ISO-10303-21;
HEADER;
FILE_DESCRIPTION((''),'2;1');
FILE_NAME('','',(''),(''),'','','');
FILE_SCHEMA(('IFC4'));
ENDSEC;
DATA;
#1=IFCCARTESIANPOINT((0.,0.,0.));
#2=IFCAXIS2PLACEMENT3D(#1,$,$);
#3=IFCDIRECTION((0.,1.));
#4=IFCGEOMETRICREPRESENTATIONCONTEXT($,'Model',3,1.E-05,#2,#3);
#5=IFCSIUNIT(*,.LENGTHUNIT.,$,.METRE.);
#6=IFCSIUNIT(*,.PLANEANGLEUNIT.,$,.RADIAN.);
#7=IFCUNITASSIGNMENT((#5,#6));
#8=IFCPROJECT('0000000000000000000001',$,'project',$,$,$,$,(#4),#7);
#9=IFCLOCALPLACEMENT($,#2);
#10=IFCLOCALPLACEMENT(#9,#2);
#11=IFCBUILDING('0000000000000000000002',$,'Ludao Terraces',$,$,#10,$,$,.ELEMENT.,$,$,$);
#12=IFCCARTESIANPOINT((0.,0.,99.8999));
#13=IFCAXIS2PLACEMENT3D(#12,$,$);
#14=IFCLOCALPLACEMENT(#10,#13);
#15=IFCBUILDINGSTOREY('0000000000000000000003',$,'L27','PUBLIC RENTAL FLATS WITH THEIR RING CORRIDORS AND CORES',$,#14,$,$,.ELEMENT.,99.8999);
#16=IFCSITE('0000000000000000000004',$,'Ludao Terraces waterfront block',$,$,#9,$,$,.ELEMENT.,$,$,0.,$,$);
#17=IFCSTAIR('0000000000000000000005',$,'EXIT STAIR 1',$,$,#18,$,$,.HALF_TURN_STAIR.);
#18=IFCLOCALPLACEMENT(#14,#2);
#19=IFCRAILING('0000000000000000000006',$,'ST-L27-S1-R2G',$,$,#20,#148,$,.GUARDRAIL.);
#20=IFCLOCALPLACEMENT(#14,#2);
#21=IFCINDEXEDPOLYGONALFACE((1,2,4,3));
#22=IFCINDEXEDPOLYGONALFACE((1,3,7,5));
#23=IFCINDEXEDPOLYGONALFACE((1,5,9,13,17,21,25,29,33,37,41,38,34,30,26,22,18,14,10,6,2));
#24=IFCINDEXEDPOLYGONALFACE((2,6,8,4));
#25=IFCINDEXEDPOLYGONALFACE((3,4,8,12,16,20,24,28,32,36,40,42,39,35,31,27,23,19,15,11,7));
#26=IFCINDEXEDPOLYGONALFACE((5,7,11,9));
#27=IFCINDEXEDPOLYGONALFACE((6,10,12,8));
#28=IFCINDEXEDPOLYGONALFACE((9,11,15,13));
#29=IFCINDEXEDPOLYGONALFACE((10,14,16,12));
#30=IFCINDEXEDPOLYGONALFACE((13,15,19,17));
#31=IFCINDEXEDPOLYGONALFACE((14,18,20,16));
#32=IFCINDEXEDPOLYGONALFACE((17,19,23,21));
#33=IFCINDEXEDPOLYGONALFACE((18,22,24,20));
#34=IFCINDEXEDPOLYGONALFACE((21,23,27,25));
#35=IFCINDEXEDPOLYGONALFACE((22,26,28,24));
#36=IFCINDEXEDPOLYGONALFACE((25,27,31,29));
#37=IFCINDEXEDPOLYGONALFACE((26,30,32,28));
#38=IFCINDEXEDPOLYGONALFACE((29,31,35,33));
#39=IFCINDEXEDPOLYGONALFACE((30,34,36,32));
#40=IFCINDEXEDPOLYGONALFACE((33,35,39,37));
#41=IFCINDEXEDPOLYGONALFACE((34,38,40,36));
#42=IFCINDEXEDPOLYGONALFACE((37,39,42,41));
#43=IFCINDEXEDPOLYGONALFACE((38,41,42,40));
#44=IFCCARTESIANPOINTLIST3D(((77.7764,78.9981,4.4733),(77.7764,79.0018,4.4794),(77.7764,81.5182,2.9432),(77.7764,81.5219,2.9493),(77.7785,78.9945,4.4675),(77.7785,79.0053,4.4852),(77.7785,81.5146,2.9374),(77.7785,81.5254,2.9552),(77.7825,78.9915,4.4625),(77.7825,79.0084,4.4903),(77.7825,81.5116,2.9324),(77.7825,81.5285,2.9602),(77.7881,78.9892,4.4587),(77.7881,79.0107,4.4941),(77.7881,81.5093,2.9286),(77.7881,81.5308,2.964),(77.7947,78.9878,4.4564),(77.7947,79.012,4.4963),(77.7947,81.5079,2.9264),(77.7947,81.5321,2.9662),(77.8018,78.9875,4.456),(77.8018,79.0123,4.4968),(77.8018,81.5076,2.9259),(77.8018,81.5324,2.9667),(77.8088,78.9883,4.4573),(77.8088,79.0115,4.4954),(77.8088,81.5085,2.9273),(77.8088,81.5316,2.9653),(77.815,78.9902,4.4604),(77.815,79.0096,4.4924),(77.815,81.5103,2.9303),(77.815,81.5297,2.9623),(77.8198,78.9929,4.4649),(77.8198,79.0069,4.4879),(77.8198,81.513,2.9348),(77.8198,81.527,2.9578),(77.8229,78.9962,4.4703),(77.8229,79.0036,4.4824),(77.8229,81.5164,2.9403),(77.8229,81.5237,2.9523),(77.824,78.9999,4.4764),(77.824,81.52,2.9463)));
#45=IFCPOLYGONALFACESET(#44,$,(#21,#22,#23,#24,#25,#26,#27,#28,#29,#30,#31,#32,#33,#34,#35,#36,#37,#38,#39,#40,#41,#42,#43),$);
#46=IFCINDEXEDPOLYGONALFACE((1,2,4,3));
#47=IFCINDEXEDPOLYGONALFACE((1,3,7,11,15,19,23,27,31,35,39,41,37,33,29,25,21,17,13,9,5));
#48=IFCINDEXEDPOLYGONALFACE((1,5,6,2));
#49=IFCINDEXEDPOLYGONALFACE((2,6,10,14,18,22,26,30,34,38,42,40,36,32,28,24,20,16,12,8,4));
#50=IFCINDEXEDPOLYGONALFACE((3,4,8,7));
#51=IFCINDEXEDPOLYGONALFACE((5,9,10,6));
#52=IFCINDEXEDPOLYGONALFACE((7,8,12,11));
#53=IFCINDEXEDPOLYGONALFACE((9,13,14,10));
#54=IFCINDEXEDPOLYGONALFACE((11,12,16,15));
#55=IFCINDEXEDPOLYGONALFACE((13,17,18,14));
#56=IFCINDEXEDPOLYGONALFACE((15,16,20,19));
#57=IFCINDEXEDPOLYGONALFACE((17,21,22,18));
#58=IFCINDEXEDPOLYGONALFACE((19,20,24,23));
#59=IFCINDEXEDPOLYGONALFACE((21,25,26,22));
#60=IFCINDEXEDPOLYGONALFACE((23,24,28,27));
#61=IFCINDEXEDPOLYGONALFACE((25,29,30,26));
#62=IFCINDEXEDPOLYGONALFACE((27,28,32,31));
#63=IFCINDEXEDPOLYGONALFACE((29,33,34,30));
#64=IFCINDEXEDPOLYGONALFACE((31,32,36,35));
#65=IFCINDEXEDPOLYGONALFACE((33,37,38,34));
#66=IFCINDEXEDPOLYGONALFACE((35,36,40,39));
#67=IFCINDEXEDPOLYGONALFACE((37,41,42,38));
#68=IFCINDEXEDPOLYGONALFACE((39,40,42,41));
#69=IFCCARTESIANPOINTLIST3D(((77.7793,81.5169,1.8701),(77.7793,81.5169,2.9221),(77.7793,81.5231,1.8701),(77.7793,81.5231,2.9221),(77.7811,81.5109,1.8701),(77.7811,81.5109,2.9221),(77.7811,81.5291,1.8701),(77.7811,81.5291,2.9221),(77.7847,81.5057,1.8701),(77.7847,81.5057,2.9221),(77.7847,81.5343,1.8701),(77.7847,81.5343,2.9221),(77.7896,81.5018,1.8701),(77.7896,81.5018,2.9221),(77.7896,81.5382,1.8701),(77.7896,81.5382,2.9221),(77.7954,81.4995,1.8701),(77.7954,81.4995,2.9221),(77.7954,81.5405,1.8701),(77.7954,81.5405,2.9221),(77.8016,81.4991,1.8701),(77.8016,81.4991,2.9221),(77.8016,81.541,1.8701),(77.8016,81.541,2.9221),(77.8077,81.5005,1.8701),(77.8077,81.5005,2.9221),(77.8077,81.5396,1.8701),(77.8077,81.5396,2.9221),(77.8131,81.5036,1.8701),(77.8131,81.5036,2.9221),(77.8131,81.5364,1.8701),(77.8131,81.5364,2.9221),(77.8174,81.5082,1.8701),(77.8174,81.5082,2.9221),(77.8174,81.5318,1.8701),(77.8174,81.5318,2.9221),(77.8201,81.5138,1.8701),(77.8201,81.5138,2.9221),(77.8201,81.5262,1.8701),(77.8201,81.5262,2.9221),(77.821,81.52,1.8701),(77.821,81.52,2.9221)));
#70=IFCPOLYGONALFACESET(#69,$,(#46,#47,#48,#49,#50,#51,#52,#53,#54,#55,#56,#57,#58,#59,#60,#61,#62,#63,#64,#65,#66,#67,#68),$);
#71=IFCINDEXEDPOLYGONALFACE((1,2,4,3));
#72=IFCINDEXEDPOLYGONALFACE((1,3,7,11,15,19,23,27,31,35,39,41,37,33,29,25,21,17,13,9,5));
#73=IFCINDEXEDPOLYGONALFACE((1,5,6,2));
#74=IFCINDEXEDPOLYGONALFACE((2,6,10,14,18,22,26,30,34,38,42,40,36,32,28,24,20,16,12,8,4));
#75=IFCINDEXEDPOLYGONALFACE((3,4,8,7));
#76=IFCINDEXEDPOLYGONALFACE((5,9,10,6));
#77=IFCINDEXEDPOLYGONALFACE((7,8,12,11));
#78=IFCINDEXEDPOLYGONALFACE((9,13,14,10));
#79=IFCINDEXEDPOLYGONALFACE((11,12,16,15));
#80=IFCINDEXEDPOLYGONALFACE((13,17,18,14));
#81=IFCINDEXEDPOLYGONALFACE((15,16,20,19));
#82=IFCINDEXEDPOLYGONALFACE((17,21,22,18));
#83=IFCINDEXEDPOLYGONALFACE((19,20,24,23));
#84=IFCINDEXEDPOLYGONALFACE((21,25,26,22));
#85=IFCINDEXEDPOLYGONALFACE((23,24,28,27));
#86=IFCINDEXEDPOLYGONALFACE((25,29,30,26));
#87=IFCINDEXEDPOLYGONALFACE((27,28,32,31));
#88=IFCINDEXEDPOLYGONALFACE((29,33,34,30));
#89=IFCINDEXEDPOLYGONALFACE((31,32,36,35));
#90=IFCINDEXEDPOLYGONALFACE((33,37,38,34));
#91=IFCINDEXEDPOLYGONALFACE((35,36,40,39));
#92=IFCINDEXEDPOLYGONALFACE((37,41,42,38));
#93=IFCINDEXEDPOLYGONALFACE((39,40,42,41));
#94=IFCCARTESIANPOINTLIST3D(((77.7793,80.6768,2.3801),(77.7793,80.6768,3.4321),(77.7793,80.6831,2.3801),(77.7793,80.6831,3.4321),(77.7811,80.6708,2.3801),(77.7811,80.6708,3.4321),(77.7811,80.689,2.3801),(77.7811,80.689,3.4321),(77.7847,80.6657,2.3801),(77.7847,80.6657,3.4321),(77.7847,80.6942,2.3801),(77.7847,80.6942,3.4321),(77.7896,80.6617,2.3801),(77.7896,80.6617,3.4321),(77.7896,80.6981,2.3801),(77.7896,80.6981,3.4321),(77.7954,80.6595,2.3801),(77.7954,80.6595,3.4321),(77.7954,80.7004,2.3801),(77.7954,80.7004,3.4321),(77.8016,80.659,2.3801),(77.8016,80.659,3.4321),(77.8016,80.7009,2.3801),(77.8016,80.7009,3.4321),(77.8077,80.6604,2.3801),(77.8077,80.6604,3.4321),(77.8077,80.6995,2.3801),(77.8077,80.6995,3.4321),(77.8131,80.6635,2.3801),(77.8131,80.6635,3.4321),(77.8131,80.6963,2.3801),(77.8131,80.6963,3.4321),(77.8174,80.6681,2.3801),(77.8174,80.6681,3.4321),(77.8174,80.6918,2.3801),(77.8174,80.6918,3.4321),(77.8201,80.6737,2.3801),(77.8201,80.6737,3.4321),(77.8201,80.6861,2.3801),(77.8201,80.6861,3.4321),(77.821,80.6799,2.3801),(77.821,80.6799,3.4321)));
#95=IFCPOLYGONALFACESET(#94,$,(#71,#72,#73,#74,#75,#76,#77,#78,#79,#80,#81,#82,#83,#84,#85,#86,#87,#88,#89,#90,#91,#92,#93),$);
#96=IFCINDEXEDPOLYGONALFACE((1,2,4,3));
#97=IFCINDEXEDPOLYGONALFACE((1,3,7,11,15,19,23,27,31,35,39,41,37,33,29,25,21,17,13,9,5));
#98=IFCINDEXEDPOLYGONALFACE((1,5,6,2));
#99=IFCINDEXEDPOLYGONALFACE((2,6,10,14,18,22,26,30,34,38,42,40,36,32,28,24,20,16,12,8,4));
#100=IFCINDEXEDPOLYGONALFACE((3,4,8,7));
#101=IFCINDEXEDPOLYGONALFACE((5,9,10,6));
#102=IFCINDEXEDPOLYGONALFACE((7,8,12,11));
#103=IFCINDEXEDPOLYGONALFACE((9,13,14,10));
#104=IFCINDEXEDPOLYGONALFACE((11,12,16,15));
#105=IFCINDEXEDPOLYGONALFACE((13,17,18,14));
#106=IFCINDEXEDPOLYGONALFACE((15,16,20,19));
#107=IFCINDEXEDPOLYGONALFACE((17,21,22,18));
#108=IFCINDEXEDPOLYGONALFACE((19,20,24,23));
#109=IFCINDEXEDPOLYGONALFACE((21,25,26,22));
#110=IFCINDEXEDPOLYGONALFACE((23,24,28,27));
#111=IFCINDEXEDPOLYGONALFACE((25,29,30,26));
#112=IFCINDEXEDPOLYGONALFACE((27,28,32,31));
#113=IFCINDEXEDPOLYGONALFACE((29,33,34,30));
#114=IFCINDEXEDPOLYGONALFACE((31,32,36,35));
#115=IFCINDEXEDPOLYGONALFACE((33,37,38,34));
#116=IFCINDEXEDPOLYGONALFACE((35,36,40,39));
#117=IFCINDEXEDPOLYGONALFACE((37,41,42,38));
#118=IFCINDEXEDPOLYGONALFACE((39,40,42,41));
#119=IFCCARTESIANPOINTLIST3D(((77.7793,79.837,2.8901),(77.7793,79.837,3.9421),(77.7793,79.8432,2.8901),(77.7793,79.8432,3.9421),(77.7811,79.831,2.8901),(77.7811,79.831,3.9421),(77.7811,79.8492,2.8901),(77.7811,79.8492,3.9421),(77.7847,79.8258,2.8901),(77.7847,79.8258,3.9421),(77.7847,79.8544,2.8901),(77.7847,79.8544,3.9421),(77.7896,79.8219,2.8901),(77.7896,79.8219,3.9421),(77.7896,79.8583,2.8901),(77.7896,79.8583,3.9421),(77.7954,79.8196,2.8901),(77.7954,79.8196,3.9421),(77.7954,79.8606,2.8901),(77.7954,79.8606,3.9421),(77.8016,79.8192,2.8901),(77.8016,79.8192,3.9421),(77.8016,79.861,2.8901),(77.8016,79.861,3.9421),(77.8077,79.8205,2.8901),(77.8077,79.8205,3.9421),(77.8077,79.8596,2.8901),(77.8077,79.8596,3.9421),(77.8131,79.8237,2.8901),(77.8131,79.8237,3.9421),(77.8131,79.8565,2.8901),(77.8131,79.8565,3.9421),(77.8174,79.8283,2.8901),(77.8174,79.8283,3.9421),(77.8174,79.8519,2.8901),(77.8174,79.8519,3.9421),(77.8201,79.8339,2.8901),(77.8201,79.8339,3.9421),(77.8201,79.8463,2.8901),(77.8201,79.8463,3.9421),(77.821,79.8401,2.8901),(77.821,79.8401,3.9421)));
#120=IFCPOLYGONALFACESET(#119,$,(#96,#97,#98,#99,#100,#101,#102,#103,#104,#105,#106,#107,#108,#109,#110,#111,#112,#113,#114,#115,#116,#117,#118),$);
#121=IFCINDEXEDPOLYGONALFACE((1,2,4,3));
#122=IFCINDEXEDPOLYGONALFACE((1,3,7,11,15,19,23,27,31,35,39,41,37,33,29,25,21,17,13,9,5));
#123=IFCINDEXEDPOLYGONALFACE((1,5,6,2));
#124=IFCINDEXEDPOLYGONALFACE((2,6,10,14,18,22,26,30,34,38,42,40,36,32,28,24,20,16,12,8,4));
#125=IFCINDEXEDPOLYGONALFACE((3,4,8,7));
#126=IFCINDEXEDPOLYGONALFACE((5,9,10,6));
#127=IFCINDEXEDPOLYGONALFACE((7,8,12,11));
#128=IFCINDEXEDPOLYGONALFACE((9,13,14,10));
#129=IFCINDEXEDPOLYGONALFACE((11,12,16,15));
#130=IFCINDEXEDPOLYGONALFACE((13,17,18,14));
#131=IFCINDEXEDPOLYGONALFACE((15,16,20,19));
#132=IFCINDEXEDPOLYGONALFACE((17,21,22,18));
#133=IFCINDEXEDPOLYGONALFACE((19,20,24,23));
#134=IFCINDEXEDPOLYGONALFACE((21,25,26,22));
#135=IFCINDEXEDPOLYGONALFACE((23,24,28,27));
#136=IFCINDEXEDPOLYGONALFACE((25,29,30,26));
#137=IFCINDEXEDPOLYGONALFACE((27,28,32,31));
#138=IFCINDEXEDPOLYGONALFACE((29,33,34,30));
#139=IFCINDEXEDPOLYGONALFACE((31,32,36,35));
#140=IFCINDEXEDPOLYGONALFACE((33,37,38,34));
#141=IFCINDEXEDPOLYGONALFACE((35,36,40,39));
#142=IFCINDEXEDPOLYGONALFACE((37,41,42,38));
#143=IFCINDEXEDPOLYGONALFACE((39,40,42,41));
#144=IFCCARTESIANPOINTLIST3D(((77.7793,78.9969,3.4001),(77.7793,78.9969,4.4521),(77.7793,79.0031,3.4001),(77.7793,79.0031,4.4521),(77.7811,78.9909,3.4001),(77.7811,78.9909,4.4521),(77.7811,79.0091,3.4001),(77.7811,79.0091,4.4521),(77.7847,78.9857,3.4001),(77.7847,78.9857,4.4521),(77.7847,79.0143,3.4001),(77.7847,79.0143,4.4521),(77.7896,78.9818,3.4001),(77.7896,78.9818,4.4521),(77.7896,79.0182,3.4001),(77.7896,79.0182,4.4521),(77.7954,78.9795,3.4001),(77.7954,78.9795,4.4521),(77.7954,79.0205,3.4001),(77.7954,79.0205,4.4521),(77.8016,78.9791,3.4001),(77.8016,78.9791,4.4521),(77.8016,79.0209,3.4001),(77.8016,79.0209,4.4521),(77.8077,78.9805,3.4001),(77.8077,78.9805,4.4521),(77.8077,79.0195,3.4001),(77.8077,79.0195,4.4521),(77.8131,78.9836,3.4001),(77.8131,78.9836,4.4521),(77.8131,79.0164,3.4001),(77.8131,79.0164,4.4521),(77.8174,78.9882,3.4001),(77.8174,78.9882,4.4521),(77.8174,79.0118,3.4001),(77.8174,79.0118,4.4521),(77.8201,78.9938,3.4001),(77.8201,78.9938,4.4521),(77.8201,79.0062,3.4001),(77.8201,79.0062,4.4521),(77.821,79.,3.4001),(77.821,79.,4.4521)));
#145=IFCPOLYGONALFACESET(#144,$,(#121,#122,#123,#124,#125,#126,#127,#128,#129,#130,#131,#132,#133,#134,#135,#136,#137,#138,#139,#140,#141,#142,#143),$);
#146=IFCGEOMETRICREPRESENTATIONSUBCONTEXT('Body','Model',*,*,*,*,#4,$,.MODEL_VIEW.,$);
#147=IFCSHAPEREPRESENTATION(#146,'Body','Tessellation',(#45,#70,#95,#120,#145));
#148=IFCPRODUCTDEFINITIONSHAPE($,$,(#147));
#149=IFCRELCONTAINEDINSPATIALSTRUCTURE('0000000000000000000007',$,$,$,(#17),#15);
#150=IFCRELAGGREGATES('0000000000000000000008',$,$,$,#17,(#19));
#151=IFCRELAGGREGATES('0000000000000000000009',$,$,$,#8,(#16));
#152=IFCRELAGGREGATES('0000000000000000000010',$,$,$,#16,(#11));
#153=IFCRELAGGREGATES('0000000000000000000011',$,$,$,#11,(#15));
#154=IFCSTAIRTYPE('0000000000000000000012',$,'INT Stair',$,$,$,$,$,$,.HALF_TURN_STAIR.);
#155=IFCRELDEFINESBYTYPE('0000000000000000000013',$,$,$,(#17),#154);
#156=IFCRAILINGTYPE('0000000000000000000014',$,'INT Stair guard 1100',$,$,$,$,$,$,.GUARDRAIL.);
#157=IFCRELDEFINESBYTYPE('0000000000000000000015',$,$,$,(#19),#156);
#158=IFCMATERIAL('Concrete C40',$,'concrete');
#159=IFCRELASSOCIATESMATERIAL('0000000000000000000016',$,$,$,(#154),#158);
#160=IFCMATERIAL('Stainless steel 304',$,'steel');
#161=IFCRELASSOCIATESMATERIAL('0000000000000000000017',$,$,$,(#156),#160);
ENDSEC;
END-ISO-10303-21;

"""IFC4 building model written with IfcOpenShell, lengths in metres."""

from ifc_helpers import new_model, si_unit, direction, frame, origin, origin_2d, place, context, subcontext, project, spatial, circle, extrude, material, type_object, element, aggregate, save


model = new_model("IFC4")

# Units and contexts
model_context = context("Model", 3, precision=1e-05, world=origin(), true_north=direction((0.0, 1.0)))
body_context = subcontext(model_context, "Body", "Model", "MODEL_VIEW")
ifc_project = project(units=[si_unit("LENGTHUNIT", "METRE"), si_unit("PLANEANGLEUNIT", "RADIAN")], contexts=[model_context])

# Site, building, storey
site_placement = place(None, origin())
site = spatial("IfcSite", under=ifc_project, at=site_placement, Name="Ludao Terraces waterfront block", CompositionType="ELEMENT", RefElevation=0.0)
building_placement = place(site_placement, origin())
building = spatial("IfcBuilding", under=site, at=building_placement, Name="Ludao Terraces", CompositionType="ELEMENT")
storey_placement = place(building_placement, frame((0.0, 0.0, 99.8999)))
storey = spatial("IfcBuildingStorey", under=building, at=storey_placement, Name="L27", Description="PUBLIC RENTAL FLATS WITH THEIR RING CORRIDORS AND CORES", CompositionType="ELEMENT", Elevation=99.8999)

# Shared definitions
ifc_material_1 = material(Name="Stainless steel 304", Category="steel")

# Stair, railing
ifc_material_2 = material(Name="Concrete C40", Category="concrete")
stair_type = type_object("IfcStairType", Name="INT Stair", PredefinedType="HALF_TURN_STAIR", material=ifc_material_2)
stair_placement = place(storey_placement, origin())
stair = element("IfcStair", 1, at=stair_placement, inside=storey, type_object=stair_type, Name="EXIT STAIR 1", PredefinedType="HALF_TURN_STAIR")
railing_type_1 = type_object("IfcRailingType", Name="INT Stair guard 1100", PredefinedType="GUARDRAIL", material=ifc_material_1)
railing_1_placement = place(storey_placement, frame((77.8, 81.52, 1.8701)))
railing_1 = element("IfcRailing", 2, at=railing_1_placement, type_object=railing_type_1, Name="ST-L27-S1-R2G", PredefinedType="GUARDRAIL", context=body_context, shape_type="SweptSolid", body=[
    extrude(circle(Radius=0.0239, at=origin_2d()), frame((0.0, 0.0, 1.0762), z_axis=(0.0, -0.854785, 0.518982), x_axis=(1.0, 0.0, 0.0)), (0.0, 0.0, 1.0), 2.9482),
    extrude(circle(Radius=0.021, at=origin_2d()), origin(), (0.0, 0.0, 1.0), 1.052),
    extrude(circle(Radius=0.021, at=origin_2d()), frame((0.0, -0.8401, 0.51)), (0.0, 0.0, 1.0), 1.052),
    extrude(circle(Radius=0.021, at=origin_2d()), frame((0.0, -1.6799, 1.02)), (0.0, 0.0, 1.0), 1.052),
    extrude(circle(Radius=0.021, at=origin_2d()), frame((0.0, -2.52, 1.53)), (0.0, 0.0, 1.0), 1.052),
])
aggregate(stair, [railing_1])

save(model, "model.ifc")
